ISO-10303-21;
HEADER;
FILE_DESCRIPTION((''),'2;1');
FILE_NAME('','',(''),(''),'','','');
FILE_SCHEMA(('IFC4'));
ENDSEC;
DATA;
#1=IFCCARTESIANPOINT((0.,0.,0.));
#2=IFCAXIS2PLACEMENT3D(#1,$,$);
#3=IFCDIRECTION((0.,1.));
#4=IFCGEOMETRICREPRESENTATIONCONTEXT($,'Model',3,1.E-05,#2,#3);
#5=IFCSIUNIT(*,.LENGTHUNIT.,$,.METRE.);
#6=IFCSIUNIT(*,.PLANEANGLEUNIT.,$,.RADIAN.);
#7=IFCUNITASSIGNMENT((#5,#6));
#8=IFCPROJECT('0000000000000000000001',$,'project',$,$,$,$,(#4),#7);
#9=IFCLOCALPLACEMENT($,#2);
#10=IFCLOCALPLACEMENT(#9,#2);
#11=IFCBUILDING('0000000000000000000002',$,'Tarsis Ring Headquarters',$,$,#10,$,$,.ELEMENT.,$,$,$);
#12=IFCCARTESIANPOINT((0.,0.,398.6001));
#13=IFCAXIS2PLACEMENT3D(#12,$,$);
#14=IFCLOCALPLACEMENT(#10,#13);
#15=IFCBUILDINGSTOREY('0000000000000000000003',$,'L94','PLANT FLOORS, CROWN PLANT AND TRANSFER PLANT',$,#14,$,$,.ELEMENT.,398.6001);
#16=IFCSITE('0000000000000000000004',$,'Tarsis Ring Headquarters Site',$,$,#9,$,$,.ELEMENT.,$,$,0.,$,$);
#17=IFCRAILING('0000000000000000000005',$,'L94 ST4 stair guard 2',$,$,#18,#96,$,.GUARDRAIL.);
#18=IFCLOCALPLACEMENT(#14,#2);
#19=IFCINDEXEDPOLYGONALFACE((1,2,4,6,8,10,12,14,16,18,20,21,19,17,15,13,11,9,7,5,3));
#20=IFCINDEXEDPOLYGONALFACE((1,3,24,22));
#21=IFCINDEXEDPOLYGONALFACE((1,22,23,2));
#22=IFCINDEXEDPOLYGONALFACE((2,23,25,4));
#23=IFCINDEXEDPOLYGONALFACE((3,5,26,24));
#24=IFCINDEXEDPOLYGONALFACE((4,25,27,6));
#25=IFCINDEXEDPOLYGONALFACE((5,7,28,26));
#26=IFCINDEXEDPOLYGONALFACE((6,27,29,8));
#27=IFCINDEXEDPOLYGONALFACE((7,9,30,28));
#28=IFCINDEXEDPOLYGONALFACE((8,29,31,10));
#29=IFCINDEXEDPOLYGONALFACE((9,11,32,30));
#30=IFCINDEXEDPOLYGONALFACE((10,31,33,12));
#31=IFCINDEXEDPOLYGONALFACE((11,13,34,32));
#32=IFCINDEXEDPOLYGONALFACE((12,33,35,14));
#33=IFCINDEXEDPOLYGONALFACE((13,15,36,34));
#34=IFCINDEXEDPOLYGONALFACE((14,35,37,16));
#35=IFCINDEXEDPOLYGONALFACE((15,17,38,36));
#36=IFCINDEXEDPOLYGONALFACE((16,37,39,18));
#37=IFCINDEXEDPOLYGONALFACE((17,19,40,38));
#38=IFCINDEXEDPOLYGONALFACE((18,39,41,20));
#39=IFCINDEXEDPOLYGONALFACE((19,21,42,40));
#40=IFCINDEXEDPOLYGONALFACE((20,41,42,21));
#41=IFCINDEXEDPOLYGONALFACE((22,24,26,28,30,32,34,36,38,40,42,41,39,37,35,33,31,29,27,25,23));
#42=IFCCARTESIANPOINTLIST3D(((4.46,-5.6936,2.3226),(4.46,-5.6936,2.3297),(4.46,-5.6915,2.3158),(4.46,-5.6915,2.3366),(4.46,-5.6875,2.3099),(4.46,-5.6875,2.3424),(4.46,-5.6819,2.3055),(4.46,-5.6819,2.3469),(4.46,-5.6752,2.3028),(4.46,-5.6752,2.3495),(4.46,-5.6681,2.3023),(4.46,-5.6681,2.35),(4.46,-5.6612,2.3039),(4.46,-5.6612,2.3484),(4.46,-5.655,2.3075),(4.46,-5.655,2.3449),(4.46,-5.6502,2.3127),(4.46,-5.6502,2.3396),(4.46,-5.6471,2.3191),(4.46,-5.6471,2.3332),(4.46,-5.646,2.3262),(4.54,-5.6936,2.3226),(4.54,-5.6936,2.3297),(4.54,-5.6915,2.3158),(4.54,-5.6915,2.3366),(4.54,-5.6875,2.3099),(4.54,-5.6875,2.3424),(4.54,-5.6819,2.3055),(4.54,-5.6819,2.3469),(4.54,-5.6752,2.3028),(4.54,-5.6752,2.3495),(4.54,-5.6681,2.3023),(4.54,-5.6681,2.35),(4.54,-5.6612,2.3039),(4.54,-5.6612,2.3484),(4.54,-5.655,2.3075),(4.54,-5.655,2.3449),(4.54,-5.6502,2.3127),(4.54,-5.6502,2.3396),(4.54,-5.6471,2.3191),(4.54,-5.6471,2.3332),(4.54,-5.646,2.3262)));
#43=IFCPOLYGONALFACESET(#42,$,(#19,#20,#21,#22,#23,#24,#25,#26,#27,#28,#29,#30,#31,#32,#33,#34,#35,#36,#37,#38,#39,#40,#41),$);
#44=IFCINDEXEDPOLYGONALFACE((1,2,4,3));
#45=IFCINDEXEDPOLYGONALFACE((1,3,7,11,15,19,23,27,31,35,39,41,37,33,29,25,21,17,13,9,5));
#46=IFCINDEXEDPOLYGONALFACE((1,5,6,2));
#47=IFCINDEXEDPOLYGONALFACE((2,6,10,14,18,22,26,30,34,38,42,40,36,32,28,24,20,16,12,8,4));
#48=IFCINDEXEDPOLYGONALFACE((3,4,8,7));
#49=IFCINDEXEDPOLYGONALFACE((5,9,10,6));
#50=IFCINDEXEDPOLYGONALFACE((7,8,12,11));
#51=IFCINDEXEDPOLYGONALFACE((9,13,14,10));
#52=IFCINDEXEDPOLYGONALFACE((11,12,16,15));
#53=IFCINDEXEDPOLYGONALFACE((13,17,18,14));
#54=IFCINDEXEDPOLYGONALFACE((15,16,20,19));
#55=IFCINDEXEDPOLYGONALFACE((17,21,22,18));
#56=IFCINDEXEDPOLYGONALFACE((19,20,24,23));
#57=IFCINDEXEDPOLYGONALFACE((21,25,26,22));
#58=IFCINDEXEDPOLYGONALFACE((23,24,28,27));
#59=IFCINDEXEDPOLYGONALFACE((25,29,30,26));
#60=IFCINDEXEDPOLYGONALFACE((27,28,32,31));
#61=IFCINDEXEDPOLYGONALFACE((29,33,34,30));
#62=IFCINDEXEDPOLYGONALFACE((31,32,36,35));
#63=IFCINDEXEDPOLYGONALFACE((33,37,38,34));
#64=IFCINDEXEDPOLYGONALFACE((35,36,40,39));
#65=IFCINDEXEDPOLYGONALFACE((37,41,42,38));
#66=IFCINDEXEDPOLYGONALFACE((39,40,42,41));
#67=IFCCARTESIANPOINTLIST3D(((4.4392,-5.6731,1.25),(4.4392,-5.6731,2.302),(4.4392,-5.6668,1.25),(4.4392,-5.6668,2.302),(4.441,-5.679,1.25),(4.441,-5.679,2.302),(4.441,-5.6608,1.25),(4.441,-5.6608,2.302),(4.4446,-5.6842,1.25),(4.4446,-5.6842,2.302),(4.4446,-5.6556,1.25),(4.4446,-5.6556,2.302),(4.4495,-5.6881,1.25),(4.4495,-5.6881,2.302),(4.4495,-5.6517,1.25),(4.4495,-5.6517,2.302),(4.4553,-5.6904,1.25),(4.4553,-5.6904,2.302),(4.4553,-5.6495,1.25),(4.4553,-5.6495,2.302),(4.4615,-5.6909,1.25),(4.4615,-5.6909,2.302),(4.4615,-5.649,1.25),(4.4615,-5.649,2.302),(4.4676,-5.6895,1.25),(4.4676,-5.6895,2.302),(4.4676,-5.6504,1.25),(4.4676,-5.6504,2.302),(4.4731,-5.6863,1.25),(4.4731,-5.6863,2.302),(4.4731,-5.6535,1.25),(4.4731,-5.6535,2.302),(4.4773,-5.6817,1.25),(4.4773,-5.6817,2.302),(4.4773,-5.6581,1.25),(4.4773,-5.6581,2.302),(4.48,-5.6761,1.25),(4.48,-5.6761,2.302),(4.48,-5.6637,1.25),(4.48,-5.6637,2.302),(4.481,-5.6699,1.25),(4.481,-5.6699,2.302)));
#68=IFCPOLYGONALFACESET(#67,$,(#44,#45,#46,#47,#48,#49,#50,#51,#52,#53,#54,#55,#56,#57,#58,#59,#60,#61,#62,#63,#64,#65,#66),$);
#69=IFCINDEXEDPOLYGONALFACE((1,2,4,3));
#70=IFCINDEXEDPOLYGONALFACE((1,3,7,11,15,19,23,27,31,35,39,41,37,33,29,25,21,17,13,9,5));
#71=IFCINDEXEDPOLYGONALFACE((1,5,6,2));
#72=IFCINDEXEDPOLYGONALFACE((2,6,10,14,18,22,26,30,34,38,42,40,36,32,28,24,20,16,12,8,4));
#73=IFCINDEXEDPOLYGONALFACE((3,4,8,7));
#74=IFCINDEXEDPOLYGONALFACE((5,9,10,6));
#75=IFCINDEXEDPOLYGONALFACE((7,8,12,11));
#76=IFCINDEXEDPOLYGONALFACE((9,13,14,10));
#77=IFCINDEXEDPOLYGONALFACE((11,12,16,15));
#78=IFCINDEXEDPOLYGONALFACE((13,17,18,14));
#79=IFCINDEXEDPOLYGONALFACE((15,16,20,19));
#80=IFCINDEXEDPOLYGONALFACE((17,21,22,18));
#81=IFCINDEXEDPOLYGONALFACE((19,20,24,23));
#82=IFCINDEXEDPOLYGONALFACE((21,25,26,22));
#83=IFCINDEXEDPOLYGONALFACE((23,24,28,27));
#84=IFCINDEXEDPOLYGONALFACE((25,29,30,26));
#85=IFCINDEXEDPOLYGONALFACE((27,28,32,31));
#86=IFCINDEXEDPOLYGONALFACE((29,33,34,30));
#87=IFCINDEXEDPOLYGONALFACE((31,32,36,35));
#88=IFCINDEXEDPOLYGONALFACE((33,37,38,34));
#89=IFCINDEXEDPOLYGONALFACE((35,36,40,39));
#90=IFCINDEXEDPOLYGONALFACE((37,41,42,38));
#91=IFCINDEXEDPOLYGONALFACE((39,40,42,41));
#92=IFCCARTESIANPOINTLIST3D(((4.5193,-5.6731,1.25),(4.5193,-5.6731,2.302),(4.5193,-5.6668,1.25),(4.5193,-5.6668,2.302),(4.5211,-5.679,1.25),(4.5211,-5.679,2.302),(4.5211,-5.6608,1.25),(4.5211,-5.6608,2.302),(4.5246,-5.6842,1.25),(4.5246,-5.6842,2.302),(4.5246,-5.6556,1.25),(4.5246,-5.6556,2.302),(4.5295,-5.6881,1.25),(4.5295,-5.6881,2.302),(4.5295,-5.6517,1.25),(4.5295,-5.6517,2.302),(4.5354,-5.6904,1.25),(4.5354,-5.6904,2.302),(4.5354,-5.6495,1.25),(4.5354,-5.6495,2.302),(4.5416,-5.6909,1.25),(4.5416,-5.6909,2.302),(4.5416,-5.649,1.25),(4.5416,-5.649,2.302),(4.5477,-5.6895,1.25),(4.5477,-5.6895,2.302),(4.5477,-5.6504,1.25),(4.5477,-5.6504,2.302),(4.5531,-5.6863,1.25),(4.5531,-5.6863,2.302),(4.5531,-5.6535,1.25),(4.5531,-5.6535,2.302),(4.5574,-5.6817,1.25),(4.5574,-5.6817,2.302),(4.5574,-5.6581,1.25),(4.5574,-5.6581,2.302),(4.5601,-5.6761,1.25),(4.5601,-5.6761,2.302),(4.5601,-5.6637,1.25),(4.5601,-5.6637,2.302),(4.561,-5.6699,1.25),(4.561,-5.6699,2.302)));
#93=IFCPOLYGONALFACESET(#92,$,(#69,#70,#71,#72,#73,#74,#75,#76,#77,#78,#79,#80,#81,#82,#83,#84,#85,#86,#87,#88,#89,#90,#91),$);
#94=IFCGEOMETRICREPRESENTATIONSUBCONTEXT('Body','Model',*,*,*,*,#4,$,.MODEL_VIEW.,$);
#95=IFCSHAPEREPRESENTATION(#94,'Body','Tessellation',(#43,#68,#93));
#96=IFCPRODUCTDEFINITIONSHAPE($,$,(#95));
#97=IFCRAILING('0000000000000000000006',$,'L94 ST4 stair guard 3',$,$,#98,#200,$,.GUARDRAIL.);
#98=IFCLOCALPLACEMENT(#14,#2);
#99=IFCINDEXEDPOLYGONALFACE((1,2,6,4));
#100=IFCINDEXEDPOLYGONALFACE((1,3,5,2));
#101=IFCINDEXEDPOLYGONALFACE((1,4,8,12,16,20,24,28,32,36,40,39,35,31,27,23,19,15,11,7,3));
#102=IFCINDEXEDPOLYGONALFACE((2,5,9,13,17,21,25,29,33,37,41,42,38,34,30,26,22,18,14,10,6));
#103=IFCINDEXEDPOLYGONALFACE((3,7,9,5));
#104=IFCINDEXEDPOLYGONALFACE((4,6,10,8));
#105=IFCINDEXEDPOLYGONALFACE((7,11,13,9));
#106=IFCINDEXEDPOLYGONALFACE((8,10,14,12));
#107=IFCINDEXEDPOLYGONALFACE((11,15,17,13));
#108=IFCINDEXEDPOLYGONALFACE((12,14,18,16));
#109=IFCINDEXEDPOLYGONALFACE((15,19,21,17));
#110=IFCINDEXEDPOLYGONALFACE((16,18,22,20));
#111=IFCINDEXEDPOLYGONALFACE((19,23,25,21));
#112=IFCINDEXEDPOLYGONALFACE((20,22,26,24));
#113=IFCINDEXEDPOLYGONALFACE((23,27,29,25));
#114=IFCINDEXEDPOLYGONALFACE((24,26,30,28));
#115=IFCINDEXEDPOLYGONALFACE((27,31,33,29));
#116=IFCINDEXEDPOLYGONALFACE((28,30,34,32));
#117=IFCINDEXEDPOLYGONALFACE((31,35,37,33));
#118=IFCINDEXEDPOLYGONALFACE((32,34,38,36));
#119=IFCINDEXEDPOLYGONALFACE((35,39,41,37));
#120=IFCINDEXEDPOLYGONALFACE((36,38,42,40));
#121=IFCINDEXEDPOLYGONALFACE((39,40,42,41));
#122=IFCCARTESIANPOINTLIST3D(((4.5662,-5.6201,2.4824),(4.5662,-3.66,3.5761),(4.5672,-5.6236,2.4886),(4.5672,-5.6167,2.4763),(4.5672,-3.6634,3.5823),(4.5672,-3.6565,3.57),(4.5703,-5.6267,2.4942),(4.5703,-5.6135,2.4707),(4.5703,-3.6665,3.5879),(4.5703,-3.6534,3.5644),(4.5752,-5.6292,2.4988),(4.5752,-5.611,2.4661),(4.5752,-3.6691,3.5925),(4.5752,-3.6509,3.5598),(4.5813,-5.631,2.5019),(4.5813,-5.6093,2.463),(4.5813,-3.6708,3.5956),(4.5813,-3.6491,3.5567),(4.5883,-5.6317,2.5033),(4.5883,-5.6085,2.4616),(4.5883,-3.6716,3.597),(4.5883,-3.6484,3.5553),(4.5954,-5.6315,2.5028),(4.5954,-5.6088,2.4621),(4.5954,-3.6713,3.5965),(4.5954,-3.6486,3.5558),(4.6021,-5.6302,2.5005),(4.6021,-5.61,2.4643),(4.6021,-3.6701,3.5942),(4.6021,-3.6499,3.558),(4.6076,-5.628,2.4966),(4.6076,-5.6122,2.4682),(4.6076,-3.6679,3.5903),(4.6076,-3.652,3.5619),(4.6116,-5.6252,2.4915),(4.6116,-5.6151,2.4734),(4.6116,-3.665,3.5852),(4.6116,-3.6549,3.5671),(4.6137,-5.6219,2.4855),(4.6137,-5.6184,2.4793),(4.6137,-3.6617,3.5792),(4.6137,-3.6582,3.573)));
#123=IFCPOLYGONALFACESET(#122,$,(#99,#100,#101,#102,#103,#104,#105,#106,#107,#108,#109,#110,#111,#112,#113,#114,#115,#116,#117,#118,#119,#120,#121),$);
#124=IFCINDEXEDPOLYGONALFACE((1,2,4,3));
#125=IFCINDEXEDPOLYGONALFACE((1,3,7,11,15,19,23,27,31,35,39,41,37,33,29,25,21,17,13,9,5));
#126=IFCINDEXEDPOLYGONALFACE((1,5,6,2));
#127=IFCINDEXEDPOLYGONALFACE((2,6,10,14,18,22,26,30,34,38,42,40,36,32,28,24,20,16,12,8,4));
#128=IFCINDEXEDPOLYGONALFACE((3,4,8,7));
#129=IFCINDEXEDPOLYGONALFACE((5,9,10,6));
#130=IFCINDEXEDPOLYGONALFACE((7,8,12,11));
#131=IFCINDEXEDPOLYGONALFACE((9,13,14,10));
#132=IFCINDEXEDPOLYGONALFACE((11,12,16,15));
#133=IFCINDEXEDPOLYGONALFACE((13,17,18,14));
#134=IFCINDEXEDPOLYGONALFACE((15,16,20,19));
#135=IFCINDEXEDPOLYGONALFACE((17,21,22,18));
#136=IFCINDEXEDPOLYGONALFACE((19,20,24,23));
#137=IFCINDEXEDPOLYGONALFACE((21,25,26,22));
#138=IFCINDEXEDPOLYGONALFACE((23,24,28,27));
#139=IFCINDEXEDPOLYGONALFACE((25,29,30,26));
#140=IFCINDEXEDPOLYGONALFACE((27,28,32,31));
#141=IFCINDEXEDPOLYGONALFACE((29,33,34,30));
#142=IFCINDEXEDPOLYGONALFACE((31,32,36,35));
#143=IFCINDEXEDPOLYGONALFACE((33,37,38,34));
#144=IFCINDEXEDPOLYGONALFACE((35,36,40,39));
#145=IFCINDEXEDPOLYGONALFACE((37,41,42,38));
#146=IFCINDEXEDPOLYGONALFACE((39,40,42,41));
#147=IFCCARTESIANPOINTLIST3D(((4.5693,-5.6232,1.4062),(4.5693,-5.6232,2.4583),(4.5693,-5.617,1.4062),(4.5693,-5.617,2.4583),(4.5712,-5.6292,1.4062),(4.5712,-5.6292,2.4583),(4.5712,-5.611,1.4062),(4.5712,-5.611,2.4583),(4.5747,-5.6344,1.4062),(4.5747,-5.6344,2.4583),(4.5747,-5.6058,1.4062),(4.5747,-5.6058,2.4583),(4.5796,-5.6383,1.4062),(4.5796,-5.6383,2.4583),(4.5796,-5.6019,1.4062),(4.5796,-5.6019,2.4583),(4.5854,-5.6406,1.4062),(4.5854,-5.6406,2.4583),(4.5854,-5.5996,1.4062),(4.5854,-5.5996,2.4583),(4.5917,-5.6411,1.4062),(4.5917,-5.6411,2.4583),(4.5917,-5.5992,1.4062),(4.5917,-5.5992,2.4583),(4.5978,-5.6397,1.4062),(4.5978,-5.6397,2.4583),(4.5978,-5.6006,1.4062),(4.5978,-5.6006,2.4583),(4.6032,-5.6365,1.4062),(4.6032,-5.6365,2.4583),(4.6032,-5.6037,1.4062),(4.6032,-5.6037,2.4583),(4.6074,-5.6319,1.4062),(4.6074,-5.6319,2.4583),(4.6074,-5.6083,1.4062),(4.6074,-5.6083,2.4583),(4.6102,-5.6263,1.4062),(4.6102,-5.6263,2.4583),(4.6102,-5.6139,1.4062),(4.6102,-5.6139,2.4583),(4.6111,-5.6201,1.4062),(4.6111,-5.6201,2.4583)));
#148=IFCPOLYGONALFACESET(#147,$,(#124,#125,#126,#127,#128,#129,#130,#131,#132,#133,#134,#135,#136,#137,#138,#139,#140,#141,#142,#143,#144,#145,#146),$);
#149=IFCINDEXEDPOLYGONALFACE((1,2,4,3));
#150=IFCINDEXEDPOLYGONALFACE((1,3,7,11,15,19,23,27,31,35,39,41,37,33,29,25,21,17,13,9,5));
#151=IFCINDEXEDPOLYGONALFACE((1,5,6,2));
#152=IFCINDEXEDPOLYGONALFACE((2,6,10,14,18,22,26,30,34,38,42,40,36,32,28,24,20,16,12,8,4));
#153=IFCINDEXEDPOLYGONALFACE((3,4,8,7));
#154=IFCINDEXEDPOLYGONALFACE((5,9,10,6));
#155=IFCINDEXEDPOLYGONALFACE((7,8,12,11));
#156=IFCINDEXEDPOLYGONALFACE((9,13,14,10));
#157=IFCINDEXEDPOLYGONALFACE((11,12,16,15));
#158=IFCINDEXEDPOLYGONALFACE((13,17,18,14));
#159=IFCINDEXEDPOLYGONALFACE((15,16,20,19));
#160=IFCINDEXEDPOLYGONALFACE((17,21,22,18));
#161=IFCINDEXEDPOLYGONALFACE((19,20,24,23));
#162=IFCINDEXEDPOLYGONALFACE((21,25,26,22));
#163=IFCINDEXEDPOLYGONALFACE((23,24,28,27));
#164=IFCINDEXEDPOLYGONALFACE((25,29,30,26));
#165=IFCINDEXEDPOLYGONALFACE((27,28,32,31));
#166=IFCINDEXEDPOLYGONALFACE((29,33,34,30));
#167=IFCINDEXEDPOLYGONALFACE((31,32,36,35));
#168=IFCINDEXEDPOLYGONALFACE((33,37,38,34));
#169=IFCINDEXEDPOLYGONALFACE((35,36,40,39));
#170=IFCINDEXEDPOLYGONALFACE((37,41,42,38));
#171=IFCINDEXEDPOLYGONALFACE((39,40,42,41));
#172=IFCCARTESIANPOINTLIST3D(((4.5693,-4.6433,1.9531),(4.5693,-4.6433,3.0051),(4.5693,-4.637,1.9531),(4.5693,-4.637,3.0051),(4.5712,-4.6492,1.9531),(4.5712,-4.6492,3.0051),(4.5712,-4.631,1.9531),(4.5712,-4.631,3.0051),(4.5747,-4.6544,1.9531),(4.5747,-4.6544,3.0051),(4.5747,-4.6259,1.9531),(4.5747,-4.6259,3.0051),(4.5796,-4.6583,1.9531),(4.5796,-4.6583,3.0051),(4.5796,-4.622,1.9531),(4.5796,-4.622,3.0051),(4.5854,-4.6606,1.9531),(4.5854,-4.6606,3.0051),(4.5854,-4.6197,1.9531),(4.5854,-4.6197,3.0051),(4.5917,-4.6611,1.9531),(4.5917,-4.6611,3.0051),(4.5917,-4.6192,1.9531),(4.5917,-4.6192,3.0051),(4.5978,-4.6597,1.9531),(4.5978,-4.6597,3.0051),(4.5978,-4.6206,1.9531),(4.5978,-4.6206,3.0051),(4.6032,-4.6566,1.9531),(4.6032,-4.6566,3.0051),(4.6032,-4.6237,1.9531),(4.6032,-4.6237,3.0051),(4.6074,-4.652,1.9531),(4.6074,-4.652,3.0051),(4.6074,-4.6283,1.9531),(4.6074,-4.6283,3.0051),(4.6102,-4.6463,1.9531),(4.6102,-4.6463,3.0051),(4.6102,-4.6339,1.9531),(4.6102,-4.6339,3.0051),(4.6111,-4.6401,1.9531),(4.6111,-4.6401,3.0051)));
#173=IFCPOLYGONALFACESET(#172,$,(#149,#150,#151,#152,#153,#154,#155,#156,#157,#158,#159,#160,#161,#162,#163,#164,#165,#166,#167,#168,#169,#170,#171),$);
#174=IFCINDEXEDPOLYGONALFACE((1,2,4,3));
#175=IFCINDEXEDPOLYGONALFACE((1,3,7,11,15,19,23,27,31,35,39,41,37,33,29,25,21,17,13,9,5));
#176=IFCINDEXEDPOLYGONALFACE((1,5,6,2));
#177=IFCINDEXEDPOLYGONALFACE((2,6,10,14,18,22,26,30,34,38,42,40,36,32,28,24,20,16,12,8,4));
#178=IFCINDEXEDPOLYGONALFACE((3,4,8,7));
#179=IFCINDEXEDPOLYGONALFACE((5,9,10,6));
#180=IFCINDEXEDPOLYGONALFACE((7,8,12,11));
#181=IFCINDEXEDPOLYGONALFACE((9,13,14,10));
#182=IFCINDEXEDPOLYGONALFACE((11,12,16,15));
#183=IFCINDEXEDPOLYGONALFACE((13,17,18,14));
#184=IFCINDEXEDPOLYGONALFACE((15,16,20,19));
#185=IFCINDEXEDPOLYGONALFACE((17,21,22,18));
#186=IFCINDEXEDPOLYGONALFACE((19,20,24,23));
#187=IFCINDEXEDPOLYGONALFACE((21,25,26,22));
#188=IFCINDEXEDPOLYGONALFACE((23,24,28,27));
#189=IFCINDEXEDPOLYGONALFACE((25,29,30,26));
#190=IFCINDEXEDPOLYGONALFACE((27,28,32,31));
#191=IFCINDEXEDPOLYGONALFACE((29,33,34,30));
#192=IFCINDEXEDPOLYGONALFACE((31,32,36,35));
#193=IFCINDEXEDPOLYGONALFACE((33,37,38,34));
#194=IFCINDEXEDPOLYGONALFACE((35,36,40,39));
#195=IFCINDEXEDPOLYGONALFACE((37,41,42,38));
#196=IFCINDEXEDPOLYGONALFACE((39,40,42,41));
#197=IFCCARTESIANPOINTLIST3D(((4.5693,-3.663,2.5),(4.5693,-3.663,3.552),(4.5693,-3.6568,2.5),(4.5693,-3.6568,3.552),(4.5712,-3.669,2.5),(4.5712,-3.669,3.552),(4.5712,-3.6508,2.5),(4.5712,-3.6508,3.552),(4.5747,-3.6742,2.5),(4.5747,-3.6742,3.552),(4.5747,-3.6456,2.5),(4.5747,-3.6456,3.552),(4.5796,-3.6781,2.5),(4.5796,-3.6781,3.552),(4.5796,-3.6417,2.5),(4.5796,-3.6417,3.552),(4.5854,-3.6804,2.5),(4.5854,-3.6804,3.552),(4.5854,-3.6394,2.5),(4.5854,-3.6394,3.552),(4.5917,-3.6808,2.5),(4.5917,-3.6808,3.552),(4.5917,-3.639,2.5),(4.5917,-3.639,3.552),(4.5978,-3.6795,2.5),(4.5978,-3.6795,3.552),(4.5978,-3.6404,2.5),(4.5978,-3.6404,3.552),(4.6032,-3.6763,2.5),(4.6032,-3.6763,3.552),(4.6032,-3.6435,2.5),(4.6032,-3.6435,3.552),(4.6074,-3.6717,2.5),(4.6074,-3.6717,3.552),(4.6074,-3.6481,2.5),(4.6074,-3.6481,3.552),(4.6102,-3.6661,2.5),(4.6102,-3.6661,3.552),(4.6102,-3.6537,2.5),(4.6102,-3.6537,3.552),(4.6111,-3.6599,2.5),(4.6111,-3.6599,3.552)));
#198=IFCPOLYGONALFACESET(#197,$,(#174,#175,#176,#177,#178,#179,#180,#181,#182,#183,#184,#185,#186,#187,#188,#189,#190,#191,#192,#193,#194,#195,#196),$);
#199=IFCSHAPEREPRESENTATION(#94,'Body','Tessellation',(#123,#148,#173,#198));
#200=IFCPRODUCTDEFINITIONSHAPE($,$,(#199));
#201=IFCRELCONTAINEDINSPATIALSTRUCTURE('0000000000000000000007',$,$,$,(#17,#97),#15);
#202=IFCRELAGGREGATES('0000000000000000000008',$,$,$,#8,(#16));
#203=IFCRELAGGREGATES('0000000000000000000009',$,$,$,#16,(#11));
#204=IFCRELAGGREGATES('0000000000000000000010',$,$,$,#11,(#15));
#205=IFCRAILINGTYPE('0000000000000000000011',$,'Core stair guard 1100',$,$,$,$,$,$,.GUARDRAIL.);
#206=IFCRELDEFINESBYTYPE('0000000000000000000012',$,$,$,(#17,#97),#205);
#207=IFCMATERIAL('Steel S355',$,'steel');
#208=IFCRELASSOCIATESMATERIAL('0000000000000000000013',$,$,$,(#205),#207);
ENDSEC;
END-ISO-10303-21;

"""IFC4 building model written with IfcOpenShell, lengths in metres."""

from ifc_helpers import new_model, si_unit, direction, frame, origin, origin_2d, place, context, subcontext, project, spatial, circle, extrude, material, type_object, element, save


model = new_model("IFC4")

# Units and contexts
model_context = context("Model", 3, precision=1e-05, world=origin(), true_north=direction((0.0, 1.0)))
body_context = subcontext(model_context, "Body", "Model", "MODEL_VIEW")
ifc_project = project(units=[si_unit("LENGTHUNIT", "METRE"), si_unit("PLANEANGLEUNIT", "RADIAN")], contexts=[model_context])

# Site, building, storey
site_placement = place(None, origin())
site = spatial("IfcSite", under=ifc_project, at=site_placement, Name="Tarsis Ring Headquarters Site", CompositionType="ELEMENT", RefElevation=0.0)
building_placement = place(site_placement, origin())
building = spatial("IfcBuilding", under=site, at=building_placement, Name="Tarsis Ring Headquarters", CompositionType="ELEMENT")
storey_placement = place(building_placement, frame((0.0, 0.0, 398.6001)))
storey = spatial("IfcBuildingStorey", under=building, at=storey_placement, Name="L94", Description="PLANT FLOORS, CROWN PLANT AND TRANSFER PLANT", CompositionType="ELEMENT", Elevation=398.6001)

# Shared definitions
ifc_material_1 = material(Name="Steel S355", Category="steel")

# Railings
railing_type_1 = type_object("IfcRailingType", Name="Core stair guard 1100", PredefinedType="GUARDRAIL", material=ifc_material_1)
railing_1_placement = place(storey_placement, frame((4.46, -5.6699, 1.25)))
element("IfcRailing", 1, at=railing_1_placement, inside=storey, type_object=railing_type_1, Name="L94 ST4 stair guard 2", PredefinedType="GUARDRAIL", context=body_context, shape_type="SweptSolid", body=[
    extrude(circle(Radius=0.0239, at=origin_2d()), frame((0.0, 0.0, 1.0762), z_axis=(1.0, 0.0, 0.0), x_axis=(0.0, 1.0, 0.0)), (0.0, 0.0, 1.0), 0.0801),
    extrude(circle(Radius=0.021, at=origin_2d()), origin(), (0.0, 0.0, 1.0), 1.052),
    extrude(circle(Radius=0.021, at=origin_2d()), frame((0.0801, 0.0, 0.0)), (0.0, 0.0, 1.0), 1.052),
])
railing_2_placement = place(storey_placement, frame((4.5901, -5.6201, 1.4062)))
element("IfcRailing", 2, at=railing_2_placement, inside=storey, type_object=railing_type_1, Name="L94 ST4 stair guard 3", PredefinedType="GUARDRAIL", context=body_context, shape_type="SweptSolid", body=[
    extrude(circle(Radius=0.0239, at=origin_2d()), frame((0.0, 0.0, 1.0762), z_axis=(0.0, 0.873258, 0.487258), x_axis=(-1.0, 0.0, 0.0)), (0.0, 0.0, 1.0), 2.2446),
    extrude(circle(Radius=0.021, at=origin_2d()), origin(), (0.0, 0.0, 1.0), 1.052),
    extrude(circle(Radius=0.021, at=origin_2d()), frame((0.0, 0.98, 0.5469)), (0.0, 0.0, 1.0), 1.052),
    extrude(circle(Radius=0.021, at=origin_2d()), frame((0.0, 1.9602, 1.0938)), (0.0, 0.0, 1.0), 1.052),
])

save(model, "model.ifc")
